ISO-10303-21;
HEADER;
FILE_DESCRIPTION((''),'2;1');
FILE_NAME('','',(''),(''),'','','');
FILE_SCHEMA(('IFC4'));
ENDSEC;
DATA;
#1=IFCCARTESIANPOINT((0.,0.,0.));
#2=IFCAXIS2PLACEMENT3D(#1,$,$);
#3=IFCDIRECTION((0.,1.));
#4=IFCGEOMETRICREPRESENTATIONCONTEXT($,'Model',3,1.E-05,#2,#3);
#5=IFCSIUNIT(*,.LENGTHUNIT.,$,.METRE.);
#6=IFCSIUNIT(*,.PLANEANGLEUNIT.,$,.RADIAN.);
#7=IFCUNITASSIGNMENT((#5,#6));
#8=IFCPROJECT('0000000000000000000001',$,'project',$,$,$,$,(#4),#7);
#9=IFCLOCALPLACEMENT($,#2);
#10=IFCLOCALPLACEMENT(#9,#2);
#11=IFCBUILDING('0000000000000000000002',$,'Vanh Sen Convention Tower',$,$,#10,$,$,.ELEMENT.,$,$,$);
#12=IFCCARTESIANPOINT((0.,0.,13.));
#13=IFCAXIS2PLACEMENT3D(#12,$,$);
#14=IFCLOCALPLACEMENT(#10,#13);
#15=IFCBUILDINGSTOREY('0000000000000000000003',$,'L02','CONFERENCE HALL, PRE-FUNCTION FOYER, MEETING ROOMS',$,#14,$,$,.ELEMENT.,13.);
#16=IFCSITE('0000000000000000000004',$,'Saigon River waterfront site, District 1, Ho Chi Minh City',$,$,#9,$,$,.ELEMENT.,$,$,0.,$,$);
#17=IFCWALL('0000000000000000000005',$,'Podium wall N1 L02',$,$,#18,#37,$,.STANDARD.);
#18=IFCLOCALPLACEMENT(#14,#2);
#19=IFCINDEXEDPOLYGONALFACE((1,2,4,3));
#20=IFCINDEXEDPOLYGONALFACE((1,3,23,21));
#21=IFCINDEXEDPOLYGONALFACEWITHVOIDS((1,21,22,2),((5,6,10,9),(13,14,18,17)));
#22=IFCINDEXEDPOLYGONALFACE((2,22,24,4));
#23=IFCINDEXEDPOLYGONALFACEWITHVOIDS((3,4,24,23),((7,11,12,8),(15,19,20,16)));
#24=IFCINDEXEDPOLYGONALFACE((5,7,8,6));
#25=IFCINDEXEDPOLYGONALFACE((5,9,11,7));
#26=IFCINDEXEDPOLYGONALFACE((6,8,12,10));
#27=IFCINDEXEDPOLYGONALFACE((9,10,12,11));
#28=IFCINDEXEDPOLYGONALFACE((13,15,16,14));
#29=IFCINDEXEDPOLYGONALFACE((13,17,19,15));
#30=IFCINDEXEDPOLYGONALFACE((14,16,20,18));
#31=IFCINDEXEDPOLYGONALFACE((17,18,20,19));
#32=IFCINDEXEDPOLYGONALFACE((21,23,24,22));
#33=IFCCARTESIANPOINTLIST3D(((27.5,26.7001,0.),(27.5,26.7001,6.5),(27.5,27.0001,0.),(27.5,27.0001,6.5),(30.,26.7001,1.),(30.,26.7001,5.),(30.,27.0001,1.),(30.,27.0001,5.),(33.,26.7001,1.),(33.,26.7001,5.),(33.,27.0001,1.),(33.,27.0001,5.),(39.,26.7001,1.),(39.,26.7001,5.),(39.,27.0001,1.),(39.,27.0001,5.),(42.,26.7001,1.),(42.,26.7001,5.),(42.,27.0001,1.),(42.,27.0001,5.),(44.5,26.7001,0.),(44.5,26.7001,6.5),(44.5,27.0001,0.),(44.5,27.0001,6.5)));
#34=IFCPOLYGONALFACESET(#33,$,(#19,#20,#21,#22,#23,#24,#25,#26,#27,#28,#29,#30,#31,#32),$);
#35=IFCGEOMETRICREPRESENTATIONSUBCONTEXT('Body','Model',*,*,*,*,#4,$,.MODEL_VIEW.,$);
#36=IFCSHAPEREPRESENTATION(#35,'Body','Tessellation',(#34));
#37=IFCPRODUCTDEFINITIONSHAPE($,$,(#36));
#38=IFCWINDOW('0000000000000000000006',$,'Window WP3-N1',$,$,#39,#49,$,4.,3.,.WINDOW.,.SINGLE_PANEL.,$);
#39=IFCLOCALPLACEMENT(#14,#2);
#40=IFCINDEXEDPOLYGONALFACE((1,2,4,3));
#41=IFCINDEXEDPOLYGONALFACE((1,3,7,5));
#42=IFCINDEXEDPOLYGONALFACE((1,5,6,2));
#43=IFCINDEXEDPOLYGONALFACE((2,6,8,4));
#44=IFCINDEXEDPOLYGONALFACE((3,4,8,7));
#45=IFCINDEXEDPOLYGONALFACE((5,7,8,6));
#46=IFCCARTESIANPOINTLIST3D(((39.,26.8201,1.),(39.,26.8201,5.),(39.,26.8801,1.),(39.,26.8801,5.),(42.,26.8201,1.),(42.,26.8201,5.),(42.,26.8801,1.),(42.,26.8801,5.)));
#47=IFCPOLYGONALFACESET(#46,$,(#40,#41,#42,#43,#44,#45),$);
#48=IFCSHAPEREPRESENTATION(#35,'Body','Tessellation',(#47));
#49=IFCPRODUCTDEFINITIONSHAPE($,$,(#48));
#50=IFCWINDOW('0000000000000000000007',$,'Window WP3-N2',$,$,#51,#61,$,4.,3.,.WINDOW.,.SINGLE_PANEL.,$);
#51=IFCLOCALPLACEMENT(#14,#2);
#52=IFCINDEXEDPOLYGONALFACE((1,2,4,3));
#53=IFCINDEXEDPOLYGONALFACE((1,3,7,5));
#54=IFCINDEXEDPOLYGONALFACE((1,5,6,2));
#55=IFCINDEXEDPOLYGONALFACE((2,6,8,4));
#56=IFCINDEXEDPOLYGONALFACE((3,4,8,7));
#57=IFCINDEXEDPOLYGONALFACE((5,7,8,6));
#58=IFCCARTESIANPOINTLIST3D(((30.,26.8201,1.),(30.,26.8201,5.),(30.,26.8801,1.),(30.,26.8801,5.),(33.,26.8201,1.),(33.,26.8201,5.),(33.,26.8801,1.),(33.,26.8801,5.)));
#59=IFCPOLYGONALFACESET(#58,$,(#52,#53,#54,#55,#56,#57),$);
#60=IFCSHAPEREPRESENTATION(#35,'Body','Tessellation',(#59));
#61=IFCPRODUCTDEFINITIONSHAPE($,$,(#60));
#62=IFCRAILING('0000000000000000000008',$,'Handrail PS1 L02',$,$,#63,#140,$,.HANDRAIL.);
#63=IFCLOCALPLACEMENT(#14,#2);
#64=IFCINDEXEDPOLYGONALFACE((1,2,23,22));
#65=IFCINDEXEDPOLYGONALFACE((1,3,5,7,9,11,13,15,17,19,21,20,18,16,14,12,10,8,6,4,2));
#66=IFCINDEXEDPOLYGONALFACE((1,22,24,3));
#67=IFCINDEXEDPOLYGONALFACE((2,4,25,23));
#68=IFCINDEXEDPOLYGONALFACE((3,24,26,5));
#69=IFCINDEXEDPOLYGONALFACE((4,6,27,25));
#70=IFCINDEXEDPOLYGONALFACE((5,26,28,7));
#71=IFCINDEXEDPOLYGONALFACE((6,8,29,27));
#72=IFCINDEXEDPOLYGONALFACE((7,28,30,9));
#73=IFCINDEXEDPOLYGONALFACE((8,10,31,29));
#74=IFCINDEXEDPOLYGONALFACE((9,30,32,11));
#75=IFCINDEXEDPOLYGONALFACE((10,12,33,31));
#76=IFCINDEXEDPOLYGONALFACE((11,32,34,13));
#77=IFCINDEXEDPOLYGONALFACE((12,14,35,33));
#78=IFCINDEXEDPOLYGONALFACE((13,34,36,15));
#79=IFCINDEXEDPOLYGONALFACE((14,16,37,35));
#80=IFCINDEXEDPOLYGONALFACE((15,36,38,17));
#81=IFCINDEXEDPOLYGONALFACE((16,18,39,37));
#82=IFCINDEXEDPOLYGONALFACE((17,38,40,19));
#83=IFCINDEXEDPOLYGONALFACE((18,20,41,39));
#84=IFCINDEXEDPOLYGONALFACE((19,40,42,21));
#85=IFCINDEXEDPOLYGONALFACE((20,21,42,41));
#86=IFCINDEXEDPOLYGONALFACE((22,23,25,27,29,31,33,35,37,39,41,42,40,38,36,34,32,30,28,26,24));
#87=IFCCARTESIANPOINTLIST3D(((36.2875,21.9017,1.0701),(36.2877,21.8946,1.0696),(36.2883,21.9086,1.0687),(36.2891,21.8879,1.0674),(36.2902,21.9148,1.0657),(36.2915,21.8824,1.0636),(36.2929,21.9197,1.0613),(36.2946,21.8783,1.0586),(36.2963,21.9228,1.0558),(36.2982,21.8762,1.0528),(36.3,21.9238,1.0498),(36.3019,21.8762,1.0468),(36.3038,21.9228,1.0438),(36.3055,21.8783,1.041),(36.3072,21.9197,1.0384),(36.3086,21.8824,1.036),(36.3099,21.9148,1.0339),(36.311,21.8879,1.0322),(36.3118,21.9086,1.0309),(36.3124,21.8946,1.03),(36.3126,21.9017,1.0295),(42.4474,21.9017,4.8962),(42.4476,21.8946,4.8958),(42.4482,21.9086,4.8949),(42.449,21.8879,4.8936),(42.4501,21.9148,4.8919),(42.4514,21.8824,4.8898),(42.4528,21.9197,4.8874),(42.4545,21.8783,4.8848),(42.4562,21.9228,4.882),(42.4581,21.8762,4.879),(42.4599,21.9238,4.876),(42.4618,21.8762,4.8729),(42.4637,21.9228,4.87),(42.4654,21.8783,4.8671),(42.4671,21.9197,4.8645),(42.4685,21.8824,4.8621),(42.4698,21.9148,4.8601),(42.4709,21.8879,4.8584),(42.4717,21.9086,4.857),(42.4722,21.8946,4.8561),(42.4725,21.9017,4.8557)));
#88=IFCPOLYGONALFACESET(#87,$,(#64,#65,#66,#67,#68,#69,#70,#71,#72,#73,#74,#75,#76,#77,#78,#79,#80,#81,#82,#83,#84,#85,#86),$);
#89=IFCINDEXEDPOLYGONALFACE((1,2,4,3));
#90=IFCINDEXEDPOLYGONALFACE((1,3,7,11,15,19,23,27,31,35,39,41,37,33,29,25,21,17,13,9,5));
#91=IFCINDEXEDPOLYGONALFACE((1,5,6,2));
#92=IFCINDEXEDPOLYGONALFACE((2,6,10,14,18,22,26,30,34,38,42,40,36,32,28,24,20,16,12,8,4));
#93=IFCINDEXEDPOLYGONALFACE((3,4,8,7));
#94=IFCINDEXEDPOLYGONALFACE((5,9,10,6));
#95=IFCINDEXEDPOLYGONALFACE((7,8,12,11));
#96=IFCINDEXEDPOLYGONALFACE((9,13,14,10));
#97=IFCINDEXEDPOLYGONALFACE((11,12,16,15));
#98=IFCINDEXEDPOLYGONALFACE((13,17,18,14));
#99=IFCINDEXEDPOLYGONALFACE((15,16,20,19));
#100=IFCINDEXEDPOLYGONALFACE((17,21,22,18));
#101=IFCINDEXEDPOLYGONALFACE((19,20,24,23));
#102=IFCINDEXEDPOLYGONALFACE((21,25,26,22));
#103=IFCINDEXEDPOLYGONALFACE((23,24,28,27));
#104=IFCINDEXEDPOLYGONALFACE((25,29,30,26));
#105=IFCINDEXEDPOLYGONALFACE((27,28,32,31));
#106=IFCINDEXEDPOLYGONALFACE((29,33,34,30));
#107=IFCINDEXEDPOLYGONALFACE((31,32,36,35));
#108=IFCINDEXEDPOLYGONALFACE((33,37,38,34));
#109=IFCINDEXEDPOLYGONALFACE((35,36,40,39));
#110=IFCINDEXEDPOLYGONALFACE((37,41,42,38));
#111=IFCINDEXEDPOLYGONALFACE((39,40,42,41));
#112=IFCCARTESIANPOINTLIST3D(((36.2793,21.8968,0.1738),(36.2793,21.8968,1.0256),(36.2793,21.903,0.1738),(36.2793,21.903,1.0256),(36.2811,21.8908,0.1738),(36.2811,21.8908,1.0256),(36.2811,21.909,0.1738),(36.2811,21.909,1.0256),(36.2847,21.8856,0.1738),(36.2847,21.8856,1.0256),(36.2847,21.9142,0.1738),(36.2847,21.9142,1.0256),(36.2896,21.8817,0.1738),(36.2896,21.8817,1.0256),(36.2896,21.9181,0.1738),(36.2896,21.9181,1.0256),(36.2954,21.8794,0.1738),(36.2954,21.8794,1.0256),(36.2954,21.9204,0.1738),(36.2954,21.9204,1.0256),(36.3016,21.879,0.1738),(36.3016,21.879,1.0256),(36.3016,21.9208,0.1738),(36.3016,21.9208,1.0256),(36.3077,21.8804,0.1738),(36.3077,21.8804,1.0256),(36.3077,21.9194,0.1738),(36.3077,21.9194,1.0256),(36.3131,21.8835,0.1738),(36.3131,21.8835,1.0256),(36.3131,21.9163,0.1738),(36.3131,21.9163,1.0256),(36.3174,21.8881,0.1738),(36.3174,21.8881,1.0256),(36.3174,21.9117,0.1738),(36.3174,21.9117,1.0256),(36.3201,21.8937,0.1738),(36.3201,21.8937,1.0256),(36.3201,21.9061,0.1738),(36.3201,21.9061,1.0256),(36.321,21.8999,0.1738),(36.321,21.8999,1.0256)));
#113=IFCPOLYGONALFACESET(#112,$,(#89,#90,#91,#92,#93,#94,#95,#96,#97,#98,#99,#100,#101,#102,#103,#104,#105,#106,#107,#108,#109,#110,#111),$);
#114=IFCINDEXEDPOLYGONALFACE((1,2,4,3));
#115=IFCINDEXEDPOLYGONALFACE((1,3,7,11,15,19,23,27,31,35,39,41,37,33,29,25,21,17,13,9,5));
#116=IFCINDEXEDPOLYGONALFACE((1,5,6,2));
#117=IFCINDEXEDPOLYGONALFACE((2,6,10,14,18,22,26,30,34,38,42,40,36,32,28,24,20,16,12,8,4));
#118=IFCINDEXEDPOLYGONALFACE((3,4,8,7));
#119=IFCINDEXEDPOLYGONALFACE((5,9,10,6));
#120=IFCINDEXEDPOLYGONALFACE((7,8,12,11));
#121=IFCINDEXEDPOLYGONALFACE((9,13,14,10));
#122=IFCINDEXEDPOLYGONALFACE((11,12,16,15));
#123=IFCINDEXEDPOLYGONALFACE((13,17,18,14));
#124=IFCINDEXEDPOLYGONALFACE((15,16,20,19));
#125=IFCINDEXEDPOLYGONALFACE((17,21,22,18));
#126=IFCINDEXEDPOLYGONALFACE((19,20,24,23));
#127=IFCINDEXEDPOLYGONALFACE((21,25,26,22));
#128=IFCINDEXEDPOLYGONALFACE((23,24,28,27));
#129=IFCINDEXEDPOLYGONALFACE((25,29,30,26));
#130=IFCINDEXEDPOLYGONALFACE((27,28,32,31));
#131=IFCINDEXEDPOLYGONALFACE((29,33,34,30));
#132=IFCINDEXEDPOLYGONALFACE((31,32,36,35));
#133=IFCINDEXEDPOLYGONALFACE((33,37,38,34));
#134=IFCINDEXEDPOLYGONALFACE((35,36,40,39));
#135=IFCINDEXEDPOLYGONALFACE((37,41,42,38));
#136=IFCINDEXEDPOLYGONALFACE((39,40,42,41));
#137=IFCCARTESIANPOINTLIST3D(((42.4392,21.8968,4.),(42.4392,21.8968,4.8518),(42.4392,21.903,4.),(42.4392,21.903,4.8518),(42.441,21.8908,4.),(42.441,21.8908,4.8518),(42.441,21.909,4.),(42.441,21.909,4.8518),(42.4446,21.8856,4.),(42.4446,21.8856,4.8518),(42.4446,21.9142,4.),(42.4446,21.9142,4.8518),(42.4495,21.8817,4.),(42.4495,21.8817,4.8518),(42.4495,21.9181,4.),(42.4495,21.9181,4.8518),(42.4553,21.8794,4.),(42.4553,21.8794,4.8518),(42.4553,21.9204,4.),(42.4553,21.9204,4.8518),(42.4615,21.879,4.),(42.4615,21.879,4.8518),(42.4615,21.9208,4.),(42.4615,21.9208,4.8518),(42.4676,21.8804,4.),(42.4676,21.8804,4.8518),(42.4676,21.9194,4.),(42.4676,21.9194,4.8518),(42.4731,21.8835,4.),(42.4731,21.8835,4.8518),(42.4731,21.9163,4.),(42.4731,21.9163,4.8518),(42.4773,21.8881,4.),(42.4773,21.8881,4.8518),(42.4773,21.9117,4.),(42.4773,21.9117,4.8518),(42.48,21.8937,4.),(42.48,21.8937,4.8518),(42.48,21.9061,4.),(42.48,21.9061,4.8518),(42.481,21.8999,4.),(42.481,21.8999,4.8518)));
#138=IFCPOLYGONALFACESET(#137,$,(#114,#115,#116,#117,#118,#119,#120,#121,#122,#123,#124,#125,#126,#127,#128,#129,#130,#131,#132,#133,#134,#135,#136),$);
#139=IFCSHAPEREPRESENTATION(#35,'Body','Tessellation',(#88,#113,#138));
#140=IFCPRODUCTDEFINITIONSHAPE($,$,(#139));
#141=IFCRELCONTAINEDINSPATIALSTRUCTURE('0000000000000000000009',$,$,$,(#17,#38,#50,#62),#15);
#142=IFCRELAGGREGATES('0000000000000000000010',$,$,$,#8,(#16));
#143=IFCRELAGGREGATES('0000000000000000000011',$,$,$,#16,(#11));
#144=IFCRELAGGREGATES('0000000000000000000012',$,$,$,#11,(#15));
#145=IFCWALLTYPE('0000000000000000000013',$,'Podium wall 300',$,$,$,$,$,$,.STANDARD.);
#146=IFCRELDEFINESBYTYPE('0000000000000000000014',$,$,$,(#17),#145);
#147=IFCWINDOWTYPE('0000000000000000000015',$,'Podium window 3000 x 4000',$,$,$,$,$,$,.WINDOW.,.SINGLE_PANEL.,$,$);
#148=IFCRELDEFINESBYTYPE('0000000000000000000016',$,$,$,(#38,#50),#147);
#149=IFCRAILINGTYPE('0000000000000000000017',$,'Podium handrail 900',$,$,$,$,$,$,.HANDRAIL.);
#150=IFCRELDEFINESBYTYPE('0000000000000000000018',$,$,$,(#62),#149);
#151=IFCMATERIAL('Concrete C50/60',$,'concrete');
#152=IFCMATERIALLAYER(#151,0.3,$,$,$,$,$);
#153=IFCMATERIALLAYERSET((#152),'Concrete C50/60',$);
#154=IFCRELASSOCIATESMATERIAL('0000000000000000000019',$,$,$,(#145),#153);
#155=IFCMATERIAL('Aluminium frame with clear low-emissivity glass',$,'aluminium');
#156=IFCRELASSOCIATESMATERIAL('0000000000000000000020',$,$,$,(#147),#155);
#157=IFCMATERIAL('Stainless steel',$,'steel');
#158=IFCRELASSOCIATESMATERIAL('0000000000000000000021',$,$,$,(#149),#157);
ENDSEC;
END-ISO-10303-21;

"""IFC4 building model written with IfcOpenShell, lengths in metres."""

from ifc_helpers import new_model, si_unit, direction, frame, frame_2d, origin, origin_2d, place, context, subcontext, project, spatial, rectangle, circle, extrude, material, layer, layer_set, type_object, element, fill, save


model = new_model("IFC4")

# Units and contexts
model_context = context("Model", 3, precision=1e-05, world=origin(), true_north=direction((0.0, 1.0)))
body_context = subcontext(model_context, "Body", "Model", "MODEL_VIEW")
ifc_project = project(units=[si_unit("LENGTHUNIT", "METRE"), si_unit("PLANEANGLEUNIT", "RADIAN")], contexts=[model_context])

# Site, building, storey
site_placement = place(None, origin())
site = spatial("IfcSite", under=ifc_project, at=site_placement, Name="Saigon River waterfront site, District 1, Ho Chi Minh City", CompositionType="ELEMENT", RefElevation=0.0)
building_placement = place(site_placement, origin())
building = spatial("IfcBuilding", under=site, at=building_placement, Name="Vanh Sen Convention Tower", CompositionType="ELEMENT")
storey_placement = place(building_placement, frame((0.0, 0.0, 13.0)))
storey = spatial("IfcBuildingStorey", under=building, at=storey_placement, Name="L02", Description="CONFERENCE HALL, PRE-FUNCTION FOYER, MEETING ROOMS", CompositionType="ELEMENT", Elevation=13.0)

# Wall, openings, windows
ifc_material_1 = material(Name="Concrete C50/60", Category="concrete")
ifc_layer_1 = layer(ifc_material_1, 0.3)
ifc_layer_set_1 = layer_set([ifc_layer_1], Name="Concrete C50/60")
wall_type_1 = type_object("IfcWallType", Name="Podium wall 300", PredefinedType="STANDARD", material=ifc_layer_set_1)
wall_1_placement = place(storey_placement, frame((44.5, 26.8501, 0.0), z_axis=(0.0, 0.0, 1.0), x_axis=(-1.0, 0.0, 0.0)))
wall_1 = element("IfcWall", 1, at=wall_1_placement, inside=storey, type_object=wall_type_1, Name="Podium wall N1 L02", PredefinedType="STANDARD", context=body_context, shape_type="SweptSolid", body=[
    extrude(rectangle(XDim=17.0, YDim=0.3, at=frame_2d((8.5, 0.0))), origin(), (0.0, 0.0, 1.0), 6.5),
])
opening_1_placement = place(wall_1_placement, frame((2.5, 0.0, 1.0)))
opening_1 = element("IfcOpeningElement", 2, at=opening_1_placement, cuts=wall_1, PredefinedType="OPENING", context=body_context, shape_type="SweptSolid", body=[
    extrude(rectangle(XDim=3.0, YDim=4.0, at=frame_2d((1.5, 2.0))), frame((0.0, 0.1599, 0.0), z_axis=(0.0, -1.0, 0.0), x_axis=(1.0, 0.0, 0.0)), (0.0, 0.0, 1.0), 0.3201),
])
opening_2_placement = place(wall_1_placement, frame((11.5, 0.0, 1.0)))
opening_2 = element("IfcOpeningElement", 3, at=opening_2_placement, cuts=wall_1, PredefinedType="OPENING", context=body_context, shape_type="SweptSolid", body=[
    extrude(rectangle(XDim=3.0, YDim=4.0, at=frame_2d((1.5, 2.0))), frame((0.0, 0.1599, 0.0), z_axis=(0.0, -1.0, 0.0), x_axis=(1.0, 0.0, 0.0)), (0.0, 0.0, 1.0), 0.3201),
])
ifc_material_2 = material(Name="Aluminium frame with clear low-emissivity glass", Category="aluminium")
window_type = type_object("IfcWindowType", Name="Podium window 3000 x 4000", PartitioningType="SINGLE_PANEL", PredefinedType="WINDOW", material=ifc_material_2)
window_1_placement = place(opening_1_placement, origin())
window_1 = element("IfcWindow", 4, at=window_1_placement, inside=storey, type_object=window_type, Name="Window WP3-N1", OverallHeight=4.0, OverallWidth=3.0, PartitioningType="SINGLE_PANEL", PredefinedType="WINDOW", context=body_context, shape_type="SweptSolid", body=[
    extrude(rectangle(XDim=3.0, YDim=4.0, at=frame_2d((1.5, 2.0))), frame((0.0, 0.03, 0.0), z_axis=(0.0, -1.0, 0.0), x_axis=(1.0, 0.0, 0.0)), (0.0, 0.0, 1.0), 0.0601),
])
fill(opening_1, window_1)
window_2_placement = place(opening_2_placement, origin())
window_2 = element("IfcWindow", 5, at=window_2_placement, inside=storey, type_object=window_type, Name="Window WP3-N2", OverallHeight=4.0, OverallWidth=3.0, PartitioningType="SINGLE_PANEL", PredefinedType="WINDOW", context=body_context, shape_type="SweptSolid", body=[
    extrude(rectangle(XDim=3.0, YDim=4.0, at=frame_2d((1.5, 2.0))), frame((0.0, 0.03, 0.0), z_axis=(0.0, -1.0, 0.0), x_axis=(1.0, 0.0, 0.0)), (0.0, 0.0, 1.0), 0.0601),
])
fill(opening_2, window_2)

# Railing
ifc_material_3 = material(Name="Stainless steel", Category="steel")
railing_type = type_object("IfcRailingType", Name="Podium handrail 900", PredefinedType="HANDRAIL", material=ifc_material_3)
for number, where, name in (
    (6, (36.3, 21.8999, 0.1738), "Handrail PS1 L02"),
):
    element("IfcRailing", number, at=place(storey_placement, frame(where)), inside=storey, type_object=railing_type, Name=name, PredefinedType="HANDRAIL", context=body_context, shape_type="SweptSolid", body=[
        extrude(circle(Radius=0.0239, at=origin_2d()), frame((0.0, 0.0, 0.876), z_axis=(0.849468, 0.0, 0.527639), x_axis=(0.0, 1.0, 0.0)), (0.0, 0.0, 1.0), 7.2515),
        extrude(circle(Radius=0.021, at=origin_2d()), origin(), (0.0, 0.0, 1.0), 0.8518),
        extrude(circle(Radius=0.021, at=origin_2d()), frame((6.1599, 0.0, 3.8262)), (0.0, 0.0, 1.0), 0.8518),
    ])

save(model, "model.ifc")
